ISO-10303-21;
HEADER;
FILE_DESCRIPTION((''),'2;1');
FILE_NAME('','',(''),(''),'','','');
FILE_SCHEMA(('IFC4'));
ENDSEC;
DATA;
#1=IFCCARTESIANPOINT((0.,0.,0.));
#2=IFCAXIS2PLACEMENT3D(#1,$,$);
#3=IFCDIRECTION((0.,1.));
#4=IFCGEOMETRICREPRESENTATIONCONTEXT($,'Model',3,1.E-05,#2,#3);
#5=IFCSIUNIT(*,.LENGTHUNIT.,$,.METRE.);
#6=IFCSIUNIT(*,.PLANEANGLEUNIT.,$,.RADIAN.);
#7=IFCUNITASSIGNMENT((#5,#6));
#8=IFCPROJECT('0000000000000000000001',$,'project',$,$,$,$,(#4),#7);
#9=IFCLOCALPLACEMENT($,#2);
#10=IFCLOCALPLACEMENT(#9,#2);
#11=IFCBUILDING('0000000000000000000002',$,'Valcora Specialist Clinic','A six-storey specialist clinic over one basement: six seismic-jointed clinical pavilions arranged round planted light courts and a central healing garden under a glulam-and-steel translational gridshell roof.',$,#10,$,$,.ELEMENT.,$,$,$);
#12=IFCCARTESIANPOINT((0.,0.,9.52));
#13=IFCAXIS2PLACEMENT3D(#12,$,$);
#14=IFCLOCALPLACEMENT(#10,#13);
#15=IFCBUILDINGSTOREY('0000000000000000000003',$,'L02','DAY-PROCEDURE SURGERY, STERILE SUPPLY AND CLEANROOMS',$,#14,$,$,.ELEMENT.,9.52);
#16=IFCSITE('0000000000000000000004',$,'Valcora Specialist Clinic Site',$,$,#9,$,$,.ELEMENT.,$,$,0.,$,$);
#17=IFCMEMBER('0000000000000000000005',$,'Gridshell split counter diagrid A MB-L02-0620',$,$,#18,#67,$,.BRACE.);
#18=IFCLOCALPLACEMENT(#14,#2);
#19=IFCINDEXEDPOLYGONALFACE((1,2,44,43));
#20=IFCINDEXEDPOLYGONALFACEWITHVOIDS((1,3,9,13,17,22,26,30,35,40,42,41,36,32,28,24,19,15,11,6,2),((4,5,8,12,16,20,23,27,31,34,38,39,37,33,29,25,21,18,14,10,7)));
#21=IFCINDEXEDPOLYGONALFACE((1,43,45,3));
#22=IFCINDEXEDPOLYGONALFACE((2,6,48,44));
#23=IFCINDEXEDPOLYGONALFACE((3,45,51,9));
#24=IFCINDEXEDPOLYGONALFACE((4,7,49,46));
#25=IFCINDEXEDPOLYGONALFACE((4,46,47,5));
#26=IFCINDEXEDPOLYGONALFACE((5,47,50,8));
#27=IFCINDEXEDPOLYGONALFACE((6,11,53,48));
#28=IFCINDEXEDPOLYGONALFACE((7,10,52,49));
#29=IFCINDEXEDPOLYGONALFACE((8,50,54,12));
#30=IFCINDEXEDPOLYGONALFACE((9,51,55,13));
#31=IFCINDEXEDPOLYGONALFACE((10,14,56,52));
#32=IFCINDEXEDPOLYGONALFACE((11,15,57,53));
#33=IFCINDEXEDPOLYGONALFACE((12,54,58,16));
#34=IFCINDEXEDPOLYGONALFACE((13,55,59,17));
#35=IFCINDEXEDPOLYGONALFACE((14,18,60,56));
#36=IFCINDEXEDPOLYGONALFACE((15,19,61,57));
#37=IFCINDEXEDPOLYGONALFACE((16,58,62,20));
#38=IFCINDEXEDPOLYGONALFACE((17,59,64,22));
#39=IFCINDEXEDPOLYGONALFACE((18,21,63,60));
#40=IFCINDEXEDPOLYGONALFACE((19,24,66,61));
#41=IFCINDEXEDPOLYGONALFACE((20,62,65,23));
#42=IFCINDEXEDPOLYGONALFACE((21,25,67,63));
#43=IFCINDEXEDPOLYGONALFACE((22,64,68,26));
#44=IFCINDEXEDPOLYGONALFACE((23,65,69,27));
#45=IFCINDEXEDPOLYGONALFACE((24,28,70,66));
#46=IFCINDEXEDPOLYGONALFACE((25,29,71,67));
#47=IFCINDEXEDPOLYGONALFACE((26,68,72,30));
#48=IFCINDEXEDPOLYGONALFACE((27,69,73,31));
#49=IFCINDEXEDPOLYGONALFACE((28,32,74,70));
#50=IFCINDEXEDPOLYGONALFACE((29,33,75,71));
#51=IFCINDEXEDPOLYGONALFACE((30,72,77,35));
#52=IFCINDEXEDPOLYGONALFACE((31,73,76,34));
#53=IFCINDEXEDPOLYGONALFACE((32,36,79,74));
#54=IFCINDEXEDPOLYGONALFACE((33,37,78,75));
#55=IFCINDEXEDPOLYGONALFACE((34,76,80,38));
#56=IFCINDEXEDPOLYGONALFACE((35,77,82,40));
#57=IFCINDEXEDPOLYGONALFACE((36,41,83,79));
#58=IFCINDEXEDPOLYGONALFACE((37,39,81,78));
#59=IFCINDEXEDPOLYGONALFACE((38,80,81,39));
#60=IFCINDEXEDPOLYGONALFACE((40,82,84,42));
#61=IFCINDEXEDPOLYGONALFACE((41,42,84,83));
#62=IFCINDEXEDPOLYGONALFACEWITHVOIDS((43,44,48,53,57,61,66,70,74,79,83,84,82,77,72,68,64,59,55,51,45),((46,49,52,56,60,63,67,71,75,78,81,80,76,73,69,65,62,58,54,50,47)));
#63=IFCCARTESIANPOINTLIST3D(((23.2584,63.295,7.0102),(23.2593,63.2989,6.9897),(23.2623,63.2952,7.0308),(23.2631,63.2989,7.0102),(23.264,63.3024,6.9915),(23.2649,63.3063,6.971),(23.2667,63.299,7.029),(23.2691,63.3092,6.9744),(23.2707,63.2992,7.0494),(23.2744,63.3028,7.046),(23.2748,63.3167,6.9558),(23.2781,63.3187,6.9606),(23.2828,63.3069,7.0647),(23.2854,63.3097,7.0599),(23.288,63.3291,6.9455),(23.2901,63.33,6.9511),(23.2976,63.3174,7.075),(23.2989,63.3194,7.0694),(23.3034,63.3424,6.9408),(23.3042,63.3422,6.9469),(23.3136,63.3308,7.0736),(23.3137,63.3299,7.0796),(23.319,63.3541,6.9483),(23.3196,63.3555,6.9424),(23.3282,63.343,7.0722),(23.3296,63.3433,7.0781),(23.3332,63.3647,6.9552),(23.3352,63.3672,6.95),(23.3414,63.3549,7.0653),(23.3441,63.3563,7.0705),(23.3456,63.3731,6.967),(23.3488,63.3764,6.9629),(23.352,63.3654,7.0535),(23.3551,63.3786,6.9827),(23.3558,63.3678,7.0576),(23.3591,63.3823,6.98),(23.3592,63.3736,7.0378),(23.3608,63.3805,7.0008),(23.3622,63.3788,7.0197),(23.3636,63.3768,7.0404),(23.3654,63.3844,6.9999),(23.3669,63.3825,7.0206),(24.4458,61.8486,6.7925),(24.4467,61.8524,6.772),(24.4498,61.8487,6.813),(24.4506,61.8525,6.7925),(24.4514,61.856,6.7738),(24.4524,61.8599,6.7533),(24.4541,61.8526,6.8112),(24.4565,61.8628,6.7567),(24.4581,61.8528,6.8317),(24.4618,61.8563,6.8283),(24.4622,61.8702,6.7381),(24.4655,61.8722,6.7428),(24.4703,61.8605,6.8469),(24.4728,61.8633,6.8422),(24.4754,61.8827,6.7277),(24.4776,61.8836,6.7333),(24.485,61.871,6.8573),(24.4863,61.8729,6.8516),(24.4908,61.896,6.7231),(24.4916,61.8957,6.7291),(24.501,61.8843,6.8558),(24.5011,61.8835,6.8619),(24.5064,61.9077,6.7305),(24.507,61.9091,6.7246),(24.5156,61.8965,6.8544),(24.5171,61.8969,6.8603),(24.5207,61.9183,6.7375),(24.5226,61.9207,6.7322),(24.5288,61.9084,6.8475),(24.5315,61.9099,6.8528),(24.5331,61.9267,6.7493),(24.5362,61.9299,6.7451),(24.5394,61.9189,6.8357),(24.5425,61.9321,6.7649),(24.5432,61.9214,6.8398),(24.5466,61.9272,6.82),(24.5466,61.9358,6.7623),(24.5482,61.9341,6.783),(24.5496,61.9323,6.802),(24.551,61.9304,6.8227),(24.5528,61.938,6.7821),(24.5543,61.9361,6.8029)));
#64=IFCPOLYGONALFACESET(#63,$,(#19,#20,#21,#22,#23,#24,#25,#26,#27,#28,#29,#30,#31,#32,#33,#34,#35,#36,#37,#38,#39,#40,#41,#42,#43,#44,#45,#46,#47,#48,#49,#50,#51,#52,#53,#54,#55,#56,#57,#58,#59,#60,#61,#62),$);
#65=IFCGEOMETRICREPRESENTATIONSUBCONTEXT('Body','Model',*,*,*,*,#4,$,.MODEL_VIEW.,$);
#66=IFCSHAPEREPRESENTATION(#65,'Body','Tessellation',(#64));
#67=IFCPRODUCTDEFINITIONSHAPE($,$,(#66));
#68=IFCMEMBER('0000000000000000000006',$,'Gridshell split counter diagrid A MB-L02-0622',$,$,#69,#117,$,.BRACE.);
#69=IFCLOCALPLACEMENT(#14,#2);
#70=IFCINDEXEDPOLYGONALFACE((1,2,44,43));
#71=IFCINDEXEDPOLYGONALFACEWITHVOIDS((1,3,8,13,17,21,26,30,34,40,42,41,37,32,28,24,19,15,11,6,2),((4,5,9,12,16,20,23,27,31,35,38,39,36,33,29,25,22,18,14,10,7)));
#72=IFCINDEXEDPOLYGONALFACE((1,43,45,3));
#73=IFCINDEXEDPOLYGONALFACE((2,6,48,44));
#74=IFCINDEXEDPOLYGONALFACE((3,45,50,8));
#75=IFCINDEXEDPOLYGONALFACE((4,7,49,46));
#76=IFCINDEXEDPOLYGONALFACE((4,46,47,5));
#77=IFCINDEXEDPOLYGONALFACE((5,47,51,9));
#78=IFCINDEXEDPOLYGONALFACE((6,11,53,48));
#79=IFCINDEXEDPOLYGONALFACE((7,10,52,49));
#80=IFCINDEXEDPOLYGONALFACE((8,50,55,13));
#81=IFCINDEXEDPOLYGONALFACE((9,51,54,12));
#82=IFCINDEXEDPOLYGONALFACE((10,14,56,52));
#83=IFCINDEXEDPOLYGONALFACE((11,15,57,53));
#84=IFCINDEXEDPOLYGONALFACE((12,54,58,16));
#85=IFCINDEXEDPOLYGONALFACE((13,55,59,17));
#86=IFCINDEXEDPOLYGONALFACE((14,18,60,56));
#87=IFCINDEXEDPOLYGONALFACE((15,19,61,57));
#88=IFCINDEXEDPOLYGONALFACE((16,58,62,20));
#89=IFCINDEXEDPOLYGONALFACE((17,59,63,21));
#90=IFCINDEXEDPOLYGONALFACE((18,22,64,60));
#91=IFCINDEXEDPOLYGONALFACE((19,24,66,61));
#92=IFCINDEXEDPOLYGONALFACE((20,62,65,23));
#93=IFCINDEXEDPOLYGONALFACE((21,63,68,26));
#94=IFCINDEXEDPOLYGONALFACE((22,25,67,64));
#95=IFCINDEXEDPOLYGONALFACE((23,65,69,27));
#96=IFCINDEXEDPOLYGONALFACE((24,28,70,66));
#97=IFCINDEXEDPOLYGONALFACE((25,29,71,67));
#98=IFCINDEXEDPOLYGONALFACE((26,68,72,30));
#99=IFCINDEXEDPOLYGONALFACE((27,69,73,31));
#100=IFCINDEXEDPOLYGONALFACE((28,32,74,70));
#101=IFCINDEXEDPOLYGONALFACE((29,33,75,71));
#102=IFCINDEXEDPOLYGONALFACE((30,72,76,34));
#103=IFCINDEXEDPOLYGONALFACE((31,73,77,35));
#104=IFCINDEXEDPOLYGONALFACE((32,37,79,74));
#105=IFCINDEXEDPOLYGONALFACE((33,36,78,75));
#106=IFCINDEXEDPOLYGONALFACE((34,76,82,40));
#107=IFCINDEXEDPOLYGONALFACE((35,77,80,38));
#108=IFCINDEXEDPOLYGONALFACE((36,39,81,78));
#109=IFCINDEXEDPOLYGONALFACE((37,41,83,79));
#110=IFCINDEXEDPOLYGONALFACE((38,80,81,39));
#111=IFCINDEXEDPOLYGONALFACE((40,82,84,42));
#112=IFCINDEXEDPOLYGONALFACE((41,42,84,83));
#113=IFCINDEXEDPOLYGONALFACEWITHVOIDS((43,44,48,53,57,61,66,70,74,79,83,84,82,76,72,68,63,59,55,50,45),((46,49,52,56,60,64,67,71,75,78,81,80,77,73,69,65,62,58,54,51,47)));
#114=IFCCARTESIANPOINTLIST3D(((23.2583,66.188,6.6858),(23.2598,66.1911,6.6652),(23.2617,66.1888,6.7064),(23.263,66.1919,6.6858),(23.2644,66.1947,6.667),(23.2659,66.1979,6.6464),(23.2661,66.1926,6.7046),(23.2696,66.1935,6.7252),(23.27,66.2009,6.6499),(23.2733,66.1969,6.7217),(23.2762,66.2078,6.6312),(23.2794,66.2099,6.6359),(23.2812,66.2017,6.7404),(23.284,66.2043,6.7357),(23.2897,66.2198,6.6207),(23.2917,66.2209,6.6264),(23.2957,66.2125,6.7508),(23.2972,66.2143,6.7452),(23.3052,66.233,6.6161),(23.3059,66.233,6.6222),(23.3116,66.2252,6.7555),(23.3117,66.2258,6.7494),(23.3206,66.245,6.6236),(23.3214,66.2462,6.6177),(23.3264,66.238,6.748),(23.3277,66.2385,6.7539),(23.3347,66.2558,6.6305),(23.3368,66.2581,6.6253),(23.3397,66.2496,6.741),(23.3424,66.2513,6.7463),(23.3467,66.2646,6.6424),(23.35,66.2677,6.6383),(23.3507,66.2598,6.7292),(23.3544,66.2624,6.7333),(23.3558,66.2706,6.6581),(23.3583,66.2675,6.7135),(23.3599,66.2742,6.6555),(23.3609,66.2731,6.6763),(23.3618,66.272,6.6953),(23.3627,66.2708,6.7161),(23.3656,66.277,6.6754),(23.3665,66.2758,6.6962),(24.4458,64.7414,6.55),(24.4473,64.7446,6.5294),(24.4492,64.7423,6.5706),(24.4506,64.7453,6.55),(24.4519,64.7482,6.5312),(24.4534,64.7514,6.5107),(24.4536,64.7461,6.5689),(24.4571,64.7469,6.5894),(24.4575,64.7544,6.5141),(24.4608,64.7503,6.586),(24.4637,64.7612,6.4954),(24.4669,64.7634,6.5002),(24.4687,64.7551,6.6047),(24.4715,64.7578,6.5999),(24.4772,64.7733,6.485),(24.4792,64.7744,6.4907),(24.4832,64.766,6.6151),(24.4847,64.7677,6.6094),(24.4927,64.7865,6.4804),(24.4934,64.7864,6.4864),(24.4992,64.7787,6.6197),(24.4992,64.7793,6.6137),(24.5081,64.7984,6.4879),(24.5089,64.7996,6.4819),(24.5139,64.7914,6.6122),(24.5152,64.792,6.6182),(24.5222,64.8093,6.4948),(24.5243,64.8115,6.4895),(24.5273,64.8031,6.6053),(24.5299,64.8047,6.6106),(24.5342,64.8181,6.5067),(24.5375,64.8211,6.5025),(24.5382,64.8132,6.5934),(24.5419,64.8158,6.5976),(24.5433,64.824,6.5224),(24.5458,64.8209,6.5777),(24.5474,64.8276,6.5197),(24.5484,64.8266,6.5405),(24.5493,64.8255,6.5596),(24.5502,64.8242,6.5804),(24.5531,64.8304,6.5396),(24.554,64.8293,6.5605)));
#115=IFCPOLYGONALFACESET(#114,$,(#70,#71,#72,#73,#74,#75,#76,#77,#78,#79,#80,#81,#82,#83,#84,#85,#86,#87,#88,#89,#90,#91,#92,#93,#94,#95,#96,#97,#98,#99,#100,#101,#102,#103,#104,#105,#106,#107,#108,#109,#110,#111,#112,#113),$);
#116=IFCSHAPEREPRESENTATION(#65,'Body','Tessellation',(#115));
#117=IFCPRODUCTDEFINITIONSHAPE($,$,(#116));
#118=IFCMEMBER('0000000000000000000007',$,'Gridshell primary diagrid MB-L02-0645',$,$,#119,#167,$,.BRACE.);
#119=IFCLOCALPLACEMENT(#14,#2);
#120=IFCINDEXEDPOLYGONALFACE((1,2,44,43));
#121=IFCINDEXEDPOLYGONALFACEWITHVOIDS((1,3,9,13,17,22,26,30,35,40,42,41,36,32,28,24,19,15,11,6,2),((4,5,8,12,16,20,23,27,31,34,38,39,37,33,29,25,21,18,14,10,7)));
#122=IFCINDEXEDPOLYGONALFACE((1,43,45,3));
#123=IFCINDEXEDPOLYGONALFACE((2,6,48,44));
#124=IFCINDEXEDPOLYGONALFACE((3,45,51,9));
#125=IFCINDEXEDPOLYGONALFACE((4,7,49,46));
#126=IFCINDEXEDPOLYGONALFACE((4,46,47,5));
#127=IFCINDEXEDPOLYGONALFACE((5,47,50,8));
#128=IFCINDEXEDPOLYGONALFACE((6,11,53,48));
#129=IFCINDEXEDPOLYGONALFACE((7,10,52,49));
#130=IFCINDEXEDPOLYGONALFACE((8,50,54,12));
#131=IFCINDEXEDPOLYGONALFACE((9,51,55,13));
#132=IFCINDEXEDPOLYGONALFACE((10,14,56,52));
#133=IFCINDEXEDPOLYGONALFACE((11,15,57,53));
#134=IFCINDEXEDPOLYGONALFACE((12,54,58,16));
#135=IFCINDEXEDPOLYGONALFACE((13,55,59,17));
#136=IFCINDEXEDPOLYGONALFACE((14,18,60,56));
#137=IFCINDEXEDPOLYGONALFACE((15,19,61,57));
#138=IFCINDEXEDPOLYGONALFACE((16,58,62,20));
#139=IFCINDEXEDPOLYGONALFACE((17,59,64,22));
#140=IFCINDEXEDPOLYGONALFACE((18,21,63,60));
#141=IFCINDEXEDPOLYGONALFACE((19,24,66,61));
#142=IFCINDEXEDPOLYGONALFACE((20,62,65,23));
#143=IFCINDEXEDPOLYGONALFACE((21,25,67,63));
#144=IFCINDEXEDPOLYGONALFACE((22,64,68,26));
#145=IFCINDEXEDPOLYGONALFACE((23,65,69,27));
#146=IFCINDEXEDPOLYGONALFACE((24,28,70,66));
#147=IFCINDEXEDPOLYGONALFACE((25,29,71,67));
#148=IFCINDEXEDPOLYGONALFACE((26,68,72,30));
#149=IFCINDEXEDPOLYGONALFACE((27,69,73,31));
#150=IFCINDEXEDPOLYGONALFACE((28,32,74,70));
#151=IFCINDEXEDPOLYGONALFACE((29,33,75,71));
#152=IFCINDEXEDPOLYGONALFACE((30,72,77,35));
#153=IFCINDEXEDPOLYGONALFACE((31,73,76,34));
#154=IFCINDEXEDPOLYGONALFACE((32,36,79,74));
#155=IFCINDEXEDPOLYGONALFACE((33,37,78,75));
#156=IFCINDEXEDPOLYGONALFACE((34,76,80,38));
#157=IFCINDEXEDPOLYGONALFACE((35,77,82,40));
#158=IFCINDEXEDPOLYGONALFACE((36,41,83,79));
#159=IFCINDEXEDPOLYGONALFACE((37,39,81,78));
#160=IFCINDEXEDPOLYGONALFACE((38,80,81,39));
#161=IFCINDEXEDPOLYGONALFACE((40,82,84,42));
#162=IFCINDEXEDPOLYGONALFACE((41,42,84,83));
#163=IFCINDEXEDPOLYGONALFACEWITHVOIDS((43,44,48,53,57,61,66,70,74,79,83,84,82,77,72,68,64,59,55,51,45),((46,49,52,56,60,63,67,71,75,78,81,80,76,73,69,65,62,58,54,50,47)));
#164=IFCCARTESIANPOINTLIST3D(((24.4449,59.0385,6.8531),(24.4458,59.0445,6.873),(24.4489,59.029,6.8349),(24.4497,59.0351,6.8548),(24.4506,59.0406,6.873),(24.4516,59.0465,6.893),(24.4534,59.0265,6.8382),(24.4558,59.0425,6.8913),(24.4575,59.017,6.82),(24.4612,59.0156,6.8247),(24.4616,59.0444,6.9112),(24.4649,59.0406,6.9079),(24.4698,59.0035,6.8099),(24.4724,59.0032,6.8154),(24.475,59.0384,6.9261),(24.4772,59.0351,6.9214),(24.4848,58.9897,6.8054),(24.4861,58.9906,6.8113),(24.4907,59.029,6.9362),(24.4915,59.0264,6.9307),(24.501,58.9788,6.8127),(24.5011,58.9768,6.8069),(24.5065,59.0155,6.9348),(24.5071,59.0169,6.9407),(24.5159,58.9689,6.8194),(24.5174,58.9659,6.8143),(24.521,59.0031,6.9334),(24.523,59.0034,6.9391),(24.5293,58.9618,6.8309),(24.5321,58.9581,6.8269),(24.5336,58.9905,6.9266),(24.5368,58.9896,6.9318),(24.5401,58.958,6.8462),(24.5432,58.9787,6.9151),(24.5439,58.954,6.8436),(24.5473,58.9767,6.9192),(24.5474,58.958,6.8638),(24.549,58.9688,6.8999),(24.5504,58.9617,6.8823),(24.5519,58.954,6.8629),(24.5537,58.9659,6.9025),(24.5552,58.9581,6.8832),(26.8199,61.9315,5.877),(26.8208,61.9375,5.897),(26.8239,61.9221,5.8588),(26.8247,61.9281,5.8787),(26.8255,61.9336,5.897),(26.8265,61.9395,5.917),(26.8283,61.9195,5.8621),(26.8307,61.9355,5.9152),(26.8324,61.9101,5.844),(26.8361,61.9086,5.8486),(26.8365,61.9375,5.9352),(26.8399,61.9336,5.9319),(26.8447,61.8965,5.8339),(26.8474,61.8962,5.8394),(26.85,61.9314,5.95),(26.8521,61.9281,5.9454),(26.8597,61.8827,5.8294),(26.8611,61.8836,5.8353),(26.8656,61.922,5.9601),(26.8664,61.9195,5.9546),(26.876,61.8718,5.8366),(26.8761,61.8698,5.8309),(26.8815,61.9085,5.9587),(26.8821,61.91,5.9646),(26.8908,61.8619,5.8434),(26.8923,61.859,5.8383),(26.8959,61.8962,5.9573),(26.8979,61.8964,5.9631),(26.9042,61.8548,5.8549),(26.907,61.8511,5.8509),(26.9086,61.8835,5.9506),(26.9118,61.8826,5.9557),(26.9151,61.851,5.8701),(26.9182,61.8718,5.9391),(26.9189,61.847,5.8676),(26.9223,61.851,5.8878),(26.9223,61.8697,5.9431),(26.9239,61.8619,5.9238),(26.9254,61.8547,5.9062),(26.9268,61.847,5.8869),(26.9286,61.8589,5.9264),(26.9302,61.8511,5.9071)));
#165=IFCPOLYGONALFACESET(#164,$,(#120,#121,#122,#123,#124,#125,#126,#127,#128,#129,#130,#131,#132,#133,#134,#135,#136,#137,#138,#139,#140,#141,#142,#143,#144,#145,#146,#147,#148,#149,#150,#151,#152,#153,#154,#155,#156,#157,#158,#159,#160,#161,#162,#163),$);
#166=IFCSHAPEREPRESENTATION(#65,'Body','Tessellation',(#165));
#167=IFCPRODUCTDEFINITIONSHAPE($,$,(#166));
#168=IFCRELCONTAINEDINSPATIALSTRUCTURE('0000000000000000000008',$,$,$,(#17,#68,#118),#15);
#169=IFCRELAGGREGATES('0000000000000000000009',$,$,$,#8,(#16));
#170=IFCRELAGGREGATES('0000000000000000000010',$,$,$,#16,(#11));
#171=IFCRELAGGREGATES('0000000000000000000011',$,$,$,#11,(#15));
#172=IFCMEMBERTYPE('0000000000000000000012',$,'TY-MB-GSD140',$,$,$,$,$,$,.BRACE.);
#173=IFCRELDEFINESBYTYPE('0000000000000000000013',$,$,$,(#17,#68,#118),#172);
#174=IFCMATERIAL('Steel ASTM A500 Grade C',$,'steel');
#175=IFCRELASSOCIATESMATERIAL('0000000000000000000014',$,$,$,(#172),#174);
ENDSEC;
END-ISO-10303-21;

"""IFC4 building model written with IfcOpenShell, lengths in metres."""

from ifc_helpers import new_model, si_unit, direction, frame, origin, origin_2d, place, context, subcontext, project, spatial, hollow_circle, extrude, material, material_profile, profile_set, type_object, element, save


model = new_model("IFC4")

# Units and contexts
model_context = context("Model", 3, precision=1e-05, world=origin(), true_north=direction((0.0, 1.0)))
body_context = subcontext(model_context, "Body", "Model", "MODEL_VIEW")
ifc_project = project(units=[si_unit("LENGTHUNIT", "METRE"), si_unit("PLANEANGLEUNIT", "RADIAN")], contexts=[model_context])

# Site, building, storey
site_placement = place(None, origin())
site = spatial("IfcSite", under=ifc_project, at=site_placement, Name="Valcora Specialist Clinic Site", CompositionType="ELEMENT", RefElevation=0.0)
building_placement = place(site_placement, origin())
building = spatial("IfcBuilding", under=site, at=building_placement, Name="Valcora Specialist Clinic", Description="A six-storey specialist clinic over one basement: six seismic-jointed clinical pavilions arranged round planted light courts and a central healing garden under a glulam-and-steel translational gridshell roof.", CompositionType="ELEMENT")
storey_placement = place(building_placement, frame((0.0, 0.0, 9.52)))
storey = spatial("IfcBuildingStorey", under=building, at=storey_placement, Name="L02", Description="DAY-PROCEDURE SURGERY, STERILE SUPPLY AND CLEANROOMS", CompositionType="ELEMENT", Elevation=9.52)

# Members
ifc_material_1 = material(Name="Steel ASTM A500 Grade C", Category="steel")
ifc_material_profile_1 = material_profile(ifc_material_1, hollow_circle(Radius=0.0701, WallThickness=0.0061, at=origin_2d()), Name="ST-CHS-140X6")
ifc_profile_set_1 = profile_set([ifc_material_profile_1], Name="Steel ASTM A500 Grade C")
member_type_1 = type_object("IfcMemberType", Name="TY-MB-GSD140", PredefinedType="BRACE", material=ifc_profile_set_1)
member_1_placement = place(storey_placement, frame((24.5, 61.8931, 6.7925), z_axis=(-0.630256, 0.767736, 0.115581), x_axis=(-0.772916, -0.634508, 0.0)))
element("IfcMember", 1, at=member_1_placement, inside=storey, type_object=member_type_1, Name="Gridshell split counter diagrid A MB-L02-0620", PredefinedType="BRACE", context=body_context, shape_type="SweptSolid", body=[
    extrude(hollow_circle(Radius=0.0701, WallThickness=0.0061, at=origin_2d()), origin(), (0.0, 0.0, 1.0), 1.884),
])
member_2_placement = place(storey_placement, frame((24.5, 64.7859, 6.55), z_axis=(-0.632846, 0.770891, 0.07234), x_axis=(-0.772916, -0.634508, 0.0)))
element("IfcMember", 2, at=member_2_placement, inside=storey, type_object=member_type_1, Name="Gridshell split counter diagrid A MB-L02-0622", PredefinedType="BRACE", context=body_context, shape_type="SweptSolid", body=[
    extrude(hollow_circle(Radius=0.0701, WallThickness=0.0061, at=origin_2d()), origin(), (0.0, 0.0, 1.0), 1.8765),
])
member_3_placement = place(storey_placement, frame((24.5, 59.0, 6.873), z_axis=(0.613976, 0.747905, -0.252331), x_axis=(-0.772916, 0.634508, 0.0)))
element("IfcMember", 3, at=member_3_placement, inside=storey, type_object=member_type_1, Name="Gridshell primary diagrid MB-L02-0645", PredefinedType="BRACE", context=body_context, shape_type="SweptSolid", body=[
    extrude(hollow_circle(Radius=0.0701, WallThickness=0.0061, at=origin_2d()), origin(), (0.0, 0.0, 1.0), 3.8682),
])

save(model, "model.ifc")
